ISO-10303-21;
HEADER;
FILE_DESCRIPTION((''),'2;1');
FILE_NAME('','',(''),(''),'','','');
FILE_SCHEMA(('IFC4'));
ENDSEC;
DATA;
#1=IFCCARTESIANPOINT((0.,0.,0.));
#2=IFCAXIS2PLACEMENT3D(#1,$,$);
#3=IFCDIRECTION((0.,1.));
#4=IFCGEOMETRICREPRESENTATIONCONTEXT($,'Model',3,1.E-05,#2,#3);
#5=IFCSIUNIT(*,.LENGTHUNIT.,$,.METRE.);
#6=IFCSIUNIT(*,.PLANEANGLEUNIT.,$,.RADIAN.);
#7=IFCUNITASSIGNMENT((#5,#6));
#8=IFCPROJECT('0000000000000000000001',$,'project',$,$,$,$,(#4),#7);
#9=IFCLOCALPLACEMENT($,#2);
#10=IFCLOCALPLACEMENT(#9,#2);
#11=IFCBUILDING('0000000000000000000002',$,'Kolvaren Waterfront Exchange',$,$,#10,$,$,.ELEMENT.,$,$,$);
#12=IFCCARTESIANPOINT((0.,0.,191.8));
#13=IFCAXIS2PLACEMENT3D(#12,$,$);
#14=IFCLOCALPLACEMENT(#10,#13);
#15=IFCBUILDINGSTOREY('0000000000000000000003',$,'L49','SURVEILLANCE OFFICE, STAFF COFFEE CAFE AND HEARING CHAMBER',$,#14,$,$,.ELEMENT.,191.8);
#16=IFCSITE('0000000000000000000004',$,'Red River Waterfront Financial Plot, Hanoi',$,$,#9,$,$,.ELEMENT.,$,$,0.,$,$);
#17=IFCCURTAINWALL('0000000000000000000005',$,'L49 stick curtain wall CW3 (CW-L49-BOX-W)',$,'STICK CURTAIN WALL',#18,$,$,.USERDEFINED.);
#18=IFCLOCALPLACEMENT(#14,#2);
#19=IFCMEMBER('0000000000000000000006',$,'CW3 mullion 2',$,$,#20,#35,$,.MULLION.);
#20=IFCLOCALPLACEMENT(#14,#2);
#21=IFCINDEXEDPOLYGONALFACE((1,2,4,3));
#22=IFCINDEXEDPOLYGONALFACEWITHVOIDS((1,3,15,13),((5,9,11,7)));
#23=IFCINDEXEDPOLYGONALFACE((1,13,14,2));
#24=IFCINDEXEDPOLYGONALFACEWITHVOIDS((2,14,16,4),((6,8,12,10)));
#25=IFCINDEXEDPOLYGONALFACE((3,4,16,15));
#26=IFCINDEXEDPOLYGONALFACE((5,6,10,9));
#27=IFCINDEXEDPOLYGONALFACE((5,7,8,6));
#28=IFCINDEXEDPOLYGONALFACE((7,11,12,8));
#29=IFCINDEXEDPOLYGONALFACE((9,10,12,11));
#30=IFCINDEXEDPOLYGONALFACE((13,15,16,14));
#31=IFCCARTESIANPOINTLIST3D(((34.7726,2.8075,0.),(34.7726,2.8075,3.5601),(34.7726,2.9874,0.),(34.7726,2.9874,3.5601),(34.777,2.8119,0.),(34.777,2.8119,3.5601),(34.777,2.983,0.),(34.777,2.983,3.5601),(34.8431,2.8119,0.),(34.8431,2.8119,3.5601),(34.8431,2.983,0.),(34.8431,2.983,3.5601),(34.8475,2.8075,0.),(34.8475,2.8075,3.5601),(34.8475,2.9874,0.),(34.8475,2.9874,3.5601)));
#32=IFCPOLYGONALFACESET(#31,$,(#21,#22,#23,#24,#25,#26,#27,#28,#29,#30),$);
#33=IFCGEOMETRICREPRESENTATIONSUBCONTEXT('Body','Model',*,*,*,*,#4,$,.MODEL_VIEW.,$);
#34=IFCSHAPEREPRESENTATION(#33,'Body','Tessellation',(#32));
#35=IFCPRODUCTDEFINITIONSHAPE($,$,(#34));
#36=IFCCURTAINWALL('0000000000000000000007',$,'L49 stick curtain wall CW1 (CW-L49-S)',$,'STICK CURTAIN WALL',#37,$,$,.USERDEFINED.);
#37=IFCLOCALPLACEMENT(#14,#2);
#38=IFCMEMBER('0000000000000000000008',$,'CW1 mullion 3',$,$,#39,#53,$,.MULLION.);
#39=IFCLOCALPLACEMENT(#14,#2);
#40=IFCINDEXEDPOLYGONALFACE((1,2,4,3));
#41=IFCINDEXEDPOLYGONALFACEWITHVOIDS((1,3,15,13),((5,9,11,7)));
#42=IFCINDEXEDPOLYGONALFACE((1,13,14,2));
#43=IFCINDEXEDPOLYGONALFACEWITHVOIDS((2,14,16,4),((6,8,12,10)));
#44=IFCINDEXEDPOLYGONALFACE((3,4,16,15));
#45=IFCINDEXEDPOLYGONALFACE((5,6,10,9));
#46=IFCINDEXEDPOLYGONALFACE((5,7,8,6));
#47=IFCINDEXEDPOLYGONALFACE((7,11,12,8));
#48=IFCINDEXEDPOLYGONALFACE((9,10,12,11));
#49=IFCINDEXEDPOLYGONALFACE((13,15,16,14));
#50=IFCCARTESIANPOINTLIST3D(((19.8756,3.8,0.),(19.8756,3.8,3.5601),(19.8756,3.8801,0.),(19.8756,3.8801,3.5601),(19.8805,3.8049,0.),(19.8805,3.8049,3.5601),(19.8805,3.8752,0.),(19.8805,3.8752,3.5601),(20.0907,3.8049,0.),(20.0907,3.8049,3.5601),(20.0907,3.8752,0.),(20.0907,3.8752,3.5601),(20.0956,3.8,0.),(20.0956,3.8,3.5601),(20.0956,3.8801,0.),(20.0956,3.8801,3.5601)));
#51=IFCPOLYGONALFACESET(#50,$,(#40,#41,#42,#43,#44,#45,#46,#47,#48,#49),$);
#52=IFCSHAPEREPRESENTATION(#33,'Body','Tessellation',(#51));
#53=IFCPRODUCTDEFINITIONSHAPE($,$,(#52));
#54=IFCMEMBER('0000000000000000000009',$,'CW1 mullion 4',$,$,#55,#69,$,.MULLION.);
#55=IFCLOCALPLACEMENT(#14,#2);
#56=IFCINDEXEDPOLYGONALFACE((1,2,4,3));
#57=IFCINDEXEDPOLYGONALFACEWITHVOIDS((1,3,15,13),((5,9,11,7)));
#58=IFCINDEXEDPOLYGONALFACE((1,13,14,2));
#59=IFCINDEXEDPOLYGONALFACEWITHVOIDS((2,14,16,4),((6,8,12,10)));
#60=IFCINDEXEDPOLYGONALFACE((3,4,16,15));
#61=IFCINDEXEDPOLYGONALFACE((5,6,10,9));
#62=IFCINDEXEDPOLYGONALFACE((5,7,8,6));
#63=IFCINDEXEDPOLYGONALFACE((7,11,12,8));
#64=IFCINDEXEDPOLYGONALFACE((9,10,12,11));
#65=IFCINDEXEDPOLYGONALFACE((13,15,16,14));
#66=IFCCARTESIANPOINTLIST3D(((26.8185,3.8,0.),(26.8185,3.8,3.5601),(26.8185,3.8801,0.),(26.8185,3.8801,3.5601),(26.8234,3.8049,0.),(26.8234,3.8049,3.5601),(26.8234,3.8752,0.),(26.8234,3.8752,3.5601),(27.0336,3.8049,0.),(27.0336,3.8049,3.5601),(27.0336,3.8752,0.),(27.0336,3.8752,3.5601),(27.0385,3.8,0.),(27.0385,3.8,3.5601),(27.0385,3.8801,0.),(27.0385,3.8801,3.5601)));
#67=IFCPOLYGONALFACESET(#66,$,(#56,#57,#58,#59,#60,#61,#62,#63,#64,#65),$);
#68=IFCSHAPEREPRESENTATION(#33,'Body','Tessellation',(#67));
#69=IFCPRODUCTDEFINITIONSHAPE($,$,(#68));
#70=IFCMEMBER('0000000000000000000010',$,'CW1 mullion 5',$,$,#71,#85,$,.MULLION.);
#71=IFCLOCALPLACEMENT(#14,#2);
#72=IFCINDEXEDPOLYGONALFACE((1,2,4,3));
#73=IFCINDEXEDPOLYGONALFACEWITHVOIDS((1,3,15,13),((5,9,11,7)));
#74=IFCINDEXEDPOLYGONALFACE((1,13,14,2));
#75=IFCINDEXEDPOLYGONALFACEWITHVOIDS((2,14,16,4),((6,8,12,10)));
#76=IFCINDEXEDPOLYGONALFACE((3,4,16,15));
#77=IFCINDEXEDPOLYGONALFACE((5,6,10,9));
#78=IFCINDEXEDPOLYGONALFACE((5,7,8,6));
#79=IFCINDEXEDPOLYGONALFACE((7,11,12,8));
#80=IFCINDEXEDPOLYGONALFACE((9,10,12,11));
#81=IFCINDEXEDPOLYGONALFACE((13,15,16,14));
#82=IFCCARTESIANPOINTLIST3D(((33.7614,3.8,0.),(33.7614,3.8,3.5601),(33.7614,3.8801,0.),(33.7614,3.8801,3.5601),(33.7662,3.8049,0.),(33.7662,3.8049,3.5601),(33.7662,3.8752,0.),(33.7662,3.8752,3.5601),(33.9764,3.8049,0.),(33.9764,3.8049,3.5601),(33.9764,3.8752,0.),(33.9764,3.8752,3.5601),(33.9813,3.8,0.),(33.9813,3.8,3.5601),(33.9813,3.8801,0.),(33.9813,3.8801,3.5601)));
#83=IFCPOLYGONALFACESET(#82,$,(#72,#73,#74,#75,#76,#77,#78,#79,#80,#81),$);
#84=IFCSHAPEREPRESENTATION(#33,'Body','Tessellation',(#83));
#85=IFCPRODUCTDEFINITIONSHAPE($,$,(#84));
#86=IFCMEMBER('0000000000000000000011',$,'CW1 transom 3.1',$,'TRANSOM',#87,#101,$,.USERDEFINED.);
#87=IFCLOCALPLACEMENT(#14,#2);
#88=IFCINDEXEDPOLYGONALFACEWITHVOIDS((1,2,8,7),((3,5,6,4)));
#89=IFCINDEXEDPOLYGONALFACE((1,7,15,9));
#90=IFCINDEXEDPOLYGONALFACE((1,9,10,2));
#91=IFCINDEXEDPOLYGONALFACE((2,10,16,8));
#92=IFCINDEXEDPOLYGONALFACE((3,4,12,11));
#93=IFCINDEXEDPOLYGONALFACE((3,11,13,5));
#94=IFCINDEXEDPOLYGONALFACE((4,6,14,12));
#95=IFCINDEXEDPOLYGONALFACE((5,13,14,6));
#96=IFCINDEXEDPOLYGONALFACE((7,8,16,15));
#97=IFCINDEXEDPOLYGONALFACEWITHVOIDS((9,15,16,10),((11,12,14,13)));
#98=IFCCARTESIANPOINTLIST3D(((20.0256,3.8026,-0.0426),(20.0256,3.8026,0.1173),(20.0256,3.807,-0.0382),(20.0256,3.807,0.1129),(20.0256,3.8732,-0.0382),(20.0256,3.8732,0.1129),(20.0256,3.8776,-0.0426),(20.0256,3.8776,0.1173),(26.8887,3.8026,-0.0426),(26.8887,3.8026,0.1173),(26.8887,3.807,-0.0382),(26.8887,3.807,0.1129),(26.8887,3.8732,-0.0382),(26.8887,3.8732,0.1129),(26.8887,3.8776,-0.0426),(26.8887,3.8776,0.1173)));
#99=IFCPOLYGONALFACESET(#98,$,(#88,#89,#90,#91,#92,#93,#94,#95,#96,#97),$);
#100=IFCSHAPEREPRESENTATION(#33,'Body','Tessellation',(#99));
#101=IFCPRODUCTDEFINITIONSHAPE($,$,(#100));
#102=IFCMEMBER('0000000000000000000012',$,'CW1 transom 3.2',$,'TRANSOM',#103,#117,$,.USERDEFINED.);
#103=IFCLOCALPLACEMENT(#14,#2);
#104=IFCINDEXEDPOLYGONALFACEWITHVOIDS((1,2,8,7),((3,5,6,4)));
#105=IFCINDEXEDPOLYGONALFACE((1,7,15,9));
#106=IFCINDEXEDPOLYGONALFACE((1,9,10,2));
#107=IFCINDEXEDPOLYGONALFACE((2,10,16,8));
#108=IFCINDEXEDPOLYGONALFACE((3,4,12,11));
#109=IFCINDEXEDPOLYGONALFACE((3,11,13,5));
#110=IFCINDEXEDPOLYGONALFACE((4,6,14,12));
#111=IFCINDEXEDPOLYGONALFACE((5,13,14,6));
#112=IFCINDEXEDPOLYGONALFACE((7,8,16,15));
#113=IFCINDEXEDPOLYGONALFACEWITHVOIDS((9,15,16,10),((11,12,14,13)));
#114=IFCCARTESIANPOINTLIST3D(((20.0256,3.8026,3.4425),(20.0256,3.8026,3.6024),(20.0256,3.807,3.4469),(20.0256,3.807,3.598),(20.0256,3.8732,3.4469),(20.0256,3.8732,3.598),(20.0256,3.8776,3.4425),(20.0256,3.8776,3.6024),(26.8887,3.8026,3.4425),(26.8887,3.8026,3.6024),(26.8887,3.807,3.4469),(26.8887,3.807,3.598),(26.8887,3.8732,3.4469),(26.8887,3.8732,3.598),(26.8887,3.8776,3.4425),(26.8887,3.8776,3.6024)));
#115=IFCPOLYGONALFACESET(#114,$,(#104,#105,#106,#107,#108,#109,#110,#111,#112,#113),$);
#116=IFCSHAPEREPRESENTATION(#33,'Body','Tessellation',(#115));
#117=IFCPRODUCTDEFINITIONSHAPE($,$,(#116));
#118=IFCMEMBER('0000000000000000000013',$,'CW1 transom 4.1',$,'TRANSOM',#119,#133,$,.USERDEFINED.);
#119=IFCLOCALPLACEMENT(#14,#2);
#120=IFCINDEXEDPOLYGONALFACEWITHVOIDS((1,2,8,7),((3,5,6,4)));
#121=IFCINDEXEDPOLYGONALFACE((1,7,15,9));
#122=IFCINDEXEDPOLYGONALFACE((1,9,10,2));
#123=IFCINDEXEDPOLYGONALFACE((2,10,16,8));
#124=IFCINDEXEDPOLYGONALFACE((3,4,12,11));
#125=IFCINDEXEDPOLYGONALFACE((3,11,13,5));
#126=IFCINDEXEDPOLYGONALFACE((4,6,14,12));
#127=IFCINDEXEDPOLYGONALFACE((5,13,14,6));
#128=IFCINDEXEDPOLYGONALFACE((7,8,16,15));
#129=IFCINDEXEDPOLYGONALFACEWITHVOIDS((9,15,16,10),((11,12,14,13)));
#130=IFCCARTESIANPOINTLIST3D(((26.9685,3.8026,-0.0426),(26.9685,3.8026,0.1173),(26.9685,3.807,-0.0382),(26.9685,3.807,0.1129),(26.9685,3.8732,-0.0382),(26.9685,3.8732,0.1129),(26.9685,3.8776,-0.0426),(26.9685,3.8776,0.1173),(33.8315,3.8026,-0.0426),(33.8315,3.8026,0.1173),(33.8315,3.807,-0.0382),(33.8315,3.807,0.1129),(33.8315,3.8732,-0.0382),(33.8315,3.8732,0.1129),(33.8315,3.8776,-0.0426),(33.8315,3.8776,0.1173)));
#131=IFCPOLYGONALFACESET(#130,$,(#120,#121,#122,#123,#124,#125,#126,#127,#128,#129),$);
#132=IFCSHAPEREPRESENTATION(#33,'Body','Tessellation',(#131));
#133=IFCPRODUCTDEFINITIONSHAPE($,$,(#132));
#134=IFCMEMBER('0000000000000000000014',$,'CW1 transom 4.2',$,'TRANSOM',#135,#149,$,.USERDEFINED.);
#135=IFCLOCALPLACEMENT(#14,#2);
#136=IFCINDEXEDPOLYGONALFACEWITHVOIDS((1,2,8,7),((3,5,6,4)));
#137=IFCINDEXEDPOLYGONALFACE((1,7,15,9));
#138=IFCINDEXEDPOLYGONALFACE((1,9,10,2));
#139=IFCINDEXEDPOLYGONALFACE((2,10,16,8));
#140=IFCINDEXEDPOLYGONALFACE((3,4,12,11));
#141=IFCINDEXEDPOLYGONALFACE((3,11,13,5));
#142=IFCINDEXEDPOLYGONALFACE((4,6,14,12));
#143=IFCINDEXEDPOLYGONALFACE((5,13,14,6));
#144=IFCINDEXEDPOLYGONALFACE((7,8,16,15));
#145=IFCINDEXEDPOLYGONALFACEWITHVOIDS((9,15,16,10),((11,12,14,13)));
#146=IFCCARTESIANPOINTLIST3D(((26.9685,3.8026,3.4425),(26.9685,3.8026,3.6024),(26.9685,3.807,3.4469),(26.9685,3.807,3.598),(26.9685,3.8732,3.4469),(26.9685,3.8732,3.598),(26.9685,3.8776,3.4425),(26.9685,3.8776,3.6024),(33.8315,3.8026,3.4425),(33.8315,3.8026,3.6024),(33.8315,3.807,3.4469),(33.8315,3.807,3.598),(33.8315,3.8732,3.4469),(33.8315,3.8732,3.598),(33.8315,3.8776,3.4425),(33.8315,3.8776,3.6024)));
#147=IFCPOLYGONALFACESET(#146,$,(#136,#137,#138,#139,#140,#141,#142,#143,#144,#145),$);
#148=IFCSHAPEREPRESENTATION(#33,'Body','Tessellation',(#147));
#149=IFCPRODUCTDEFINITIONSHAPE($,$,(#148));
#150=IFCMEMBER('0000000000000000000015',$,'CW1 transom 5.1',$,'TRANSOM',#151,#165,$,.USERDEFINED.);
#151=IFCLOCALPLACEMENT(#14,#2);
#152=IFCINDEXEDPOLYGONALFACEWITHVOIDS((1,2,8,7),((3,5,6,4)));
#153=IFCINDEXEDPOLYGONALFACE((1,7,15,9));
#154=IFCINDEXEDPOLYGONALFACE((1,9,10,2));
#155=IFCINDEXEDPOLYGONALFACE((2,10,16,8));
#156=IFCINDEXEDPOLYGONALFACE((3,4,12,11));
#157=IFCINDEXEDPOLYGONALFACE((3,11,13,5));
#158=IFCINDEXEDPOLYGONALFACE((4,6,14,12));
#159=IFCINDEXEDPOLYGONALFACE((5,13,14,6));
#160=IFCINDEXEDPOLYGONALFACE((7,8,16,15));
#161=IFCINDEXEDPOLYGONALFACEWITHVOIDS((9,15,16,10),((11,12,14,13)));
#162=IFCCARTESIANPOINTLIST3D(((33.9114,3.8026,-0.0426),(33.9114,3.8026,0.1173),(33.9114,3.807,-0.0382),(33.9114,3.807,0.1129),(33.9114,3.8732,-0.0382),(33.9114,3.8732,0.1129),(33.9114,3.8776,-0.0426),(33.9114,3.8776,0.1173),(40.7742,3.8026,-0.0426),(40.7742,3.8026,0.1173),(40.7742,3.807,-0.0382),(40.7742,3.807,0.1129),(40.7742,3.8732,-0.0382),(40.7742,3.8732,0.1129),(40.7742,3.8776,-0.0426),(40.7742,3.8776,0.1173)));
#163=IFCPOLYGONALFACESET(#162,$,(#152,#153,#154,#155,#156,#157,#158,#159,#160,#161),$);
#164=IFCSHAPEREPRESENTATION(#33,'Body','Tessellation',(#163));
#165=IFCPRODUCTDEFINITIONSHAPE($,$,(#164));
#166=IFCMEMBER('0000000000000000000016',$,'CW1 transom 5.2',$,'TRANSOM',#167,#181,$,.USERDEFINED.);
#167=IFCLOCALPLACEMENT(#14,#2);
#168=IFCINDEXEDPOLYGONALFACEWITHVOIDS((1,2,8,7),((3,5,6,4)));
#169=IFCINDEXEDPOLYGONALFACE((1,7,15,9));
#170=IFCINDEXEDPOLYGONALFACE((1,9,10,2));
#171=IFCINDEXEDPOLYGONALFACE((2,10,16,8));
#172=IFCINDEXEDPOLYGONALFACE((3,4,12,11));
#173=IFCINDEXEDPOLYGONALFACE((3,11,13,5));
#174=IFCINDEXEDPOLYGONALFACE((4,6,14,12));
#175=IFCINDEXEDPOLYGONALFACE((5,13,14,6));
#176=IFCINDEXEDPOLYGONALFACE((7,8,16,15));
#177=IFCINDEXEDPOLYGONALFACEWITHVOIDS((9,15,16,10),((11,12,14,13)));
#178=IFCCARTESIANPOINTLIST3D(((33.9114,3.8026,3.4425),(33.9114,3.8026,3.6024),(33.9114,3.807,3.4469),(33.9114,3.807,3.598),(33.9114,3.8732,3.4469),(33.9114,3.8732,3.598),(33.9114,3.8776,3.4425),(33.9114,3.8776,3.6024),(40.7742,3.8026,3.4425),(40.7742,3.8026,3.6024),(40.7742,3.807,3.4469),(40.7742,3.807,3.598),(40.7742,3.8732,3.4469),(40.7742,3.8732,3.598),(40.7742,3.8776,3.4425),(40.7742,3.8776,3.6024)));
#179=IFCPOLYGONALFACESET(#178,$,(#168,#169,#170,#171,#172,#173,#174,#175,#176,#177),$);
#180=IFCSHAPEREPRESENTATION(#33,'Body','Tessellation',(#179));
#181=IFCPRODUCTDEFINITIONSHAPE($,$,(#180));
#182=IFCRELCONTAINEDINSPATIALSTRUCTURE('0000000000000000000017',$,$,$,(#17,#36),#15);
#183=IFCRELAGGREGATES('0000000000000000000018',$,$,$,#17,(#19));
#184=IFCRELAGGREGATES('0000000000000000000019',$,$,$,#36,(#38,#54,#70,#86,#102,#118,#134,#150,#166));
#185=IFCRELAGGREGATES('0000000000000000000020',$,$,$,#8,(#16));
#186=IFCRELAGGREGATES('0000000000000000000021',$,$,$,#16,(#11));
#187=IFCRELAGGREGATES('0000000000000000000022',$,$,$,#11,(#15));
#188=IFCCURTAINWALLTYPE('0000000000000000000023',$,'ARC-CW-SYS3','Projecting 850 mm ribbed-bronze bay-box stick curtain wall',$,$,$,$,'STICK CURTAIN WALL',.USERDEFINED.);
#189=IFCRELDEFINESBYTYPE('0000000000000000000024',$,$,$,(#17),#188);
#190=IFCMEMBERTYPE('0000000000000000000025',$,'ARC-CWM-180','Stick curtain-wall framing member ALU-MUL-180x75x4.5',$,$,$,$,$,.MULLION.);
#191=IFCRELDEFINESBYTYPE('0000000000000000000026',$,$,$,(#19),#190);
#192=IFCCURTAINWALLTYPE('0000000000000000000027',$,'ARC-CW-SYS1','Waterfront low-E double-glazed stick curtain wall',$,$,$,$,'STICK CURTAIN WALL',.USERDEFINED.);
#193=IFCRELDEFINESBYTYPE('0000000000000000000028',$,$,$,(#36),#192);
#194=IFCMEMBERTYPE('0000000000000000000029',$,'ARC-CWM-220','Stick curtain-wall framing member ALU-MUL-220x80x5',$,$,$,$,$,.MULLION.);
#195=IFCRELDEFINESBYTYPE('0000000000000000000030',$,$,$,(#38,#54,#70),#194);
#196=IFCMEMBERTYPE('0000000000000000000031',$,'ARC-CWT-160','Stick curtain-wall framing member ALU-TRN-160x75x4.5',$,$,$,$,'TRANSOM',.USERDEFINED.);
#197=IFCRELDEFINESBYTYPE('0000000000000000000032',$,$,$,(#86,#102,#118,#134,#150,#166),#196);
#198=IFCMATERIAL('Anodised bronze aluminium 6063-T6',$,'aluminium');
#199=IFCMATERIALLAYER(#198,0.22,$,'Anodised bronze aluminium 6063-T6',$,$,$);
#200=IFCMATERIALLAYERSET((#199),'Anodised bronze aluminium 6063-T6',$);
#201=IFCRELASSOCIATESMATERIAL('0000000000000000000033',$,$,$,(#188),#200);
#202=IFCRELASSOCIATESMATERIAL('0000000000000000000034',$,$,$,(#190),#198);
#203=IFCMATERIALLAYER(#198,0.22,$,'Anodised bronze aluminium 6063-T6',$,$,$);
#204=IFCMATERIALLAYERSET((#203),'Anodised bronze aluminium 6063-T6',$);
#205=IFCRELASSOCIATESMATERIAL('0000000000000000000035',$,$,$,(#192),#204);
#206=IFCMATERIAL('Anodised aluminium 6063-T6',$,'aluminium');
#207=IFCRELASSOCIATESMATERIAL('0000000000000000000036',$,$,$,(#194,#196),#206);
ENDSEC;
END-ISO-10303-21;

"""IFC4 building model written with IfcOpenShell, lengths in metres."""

from ifc_helpers import new_model, si_unit, direction, frame, origin, origin_with_axes, origin_2d, place, context, subcontext, project, spatial, hollow_rectangle, extrude, source, transform, mapped, material, layer, layer_set, material_profile, profile_set, type_object, element, aggregate, save


model = new_model("IFC4")

# Units and contexts
model_context = context("Model", 3, precision=1e-05, world=origin(), true_north=direction((0.0, 1.0)))
body_context = subcontext(model_context, "Body", "Model", "MODEL_VIEW")
ifc_project = project(units=[si_unit("LENGTHUNIT", "METRE"), si_unit("PLANEANGLEUNIT", "RADIAN")], contexts=[model_context])

# Site, building, storey
site_placement = place(None, origin())
site = spatial("IfcSite", under=ifc_project, at=site_placement, Name="Red River Waterfront Financial Plot, Hanoi", CompositionType="ELEMENT", RefElevation=0.0)
building_placement = place(site_placement, origin())
building = spatial("IfcBuilding", under=site, at=building_placement, Name="Kolvaren Waterfront Exchange", CompositionType="ELEMENT")
storey_placement = place(building_placement, frame((0.0, 0.0, 191.8)))
storey = spatial("IfcBuildingStorey", under=building, at=storey_placement, Name="L49", Description="SURVEILLANCE OFFICE, STAFF COFFEE CAFE AND HEARING CHAMBER", CompositionType="ELEMENT", Elevation=191.8)

# Curtain walls, members
ifc_material_1 = material(Name="Anodised bronze aluminium 6063-T6", Category="aluminium")
ifc_layer_1 = layer(ifc_material_1, 0.22, Name="Anodised bronze aluminium 6063-T6")
ifc_layer_set_1 = layer_set([ifc_layer_1], Name="Anodised bronze aluminium 6063-T6")
curtain_wall_type_1 = type_object("IfcCurtainWallType", Name="ARC-CW-SYS3", Description="Projecting 850 mm ribbed-bronze bay-box stick curtain wall", ElementType="STICK CURTAIN WALL", PredefinedType="USERDEFINED", material=ifc_layer_set_1)
curtain_wall_1_placement = place(storey_placement, origin())
curtain_wall_1 = element("IfcCurtainWall", 1, at=curtain_wall_1_placement, inside=storey, type_object=curtain_wall_type_1, Name="L49 stick curtain wall CW3 (CW-L49-BOX-W)", ObjectType="STICK CURTAIN WALL", PredefinedType="USERDEFINED")
ifc_material_profile_1 = material_profile(ifc_material_1, hollow_rectangle(XDim=0.075, YDim=0.1799, WallThickness=0.0044, at=origin_2d()), Name="ALU-MUL-180x75x4.5")
ifc_profile_set_1 = profile_set([ifc_material_profile_1], Name="Anodised bronze aluminium 6063-T6")
member_type_1 = type_object("IfcMemberType", Name="ARC-CWM-180", Description="Stick curtain-wall framing member ALU-MUL-180x75x4.5", PredefinedType="MULLION", material=ifc_profile_set_1)
shared_shape_1 = source(origin_with_axes(), body_context, "Body", "SweptSolid", [
    extrude(hollow_rectangle(XDim=0.075, YDim=0.1799, WallThickness=0.0044, at=origin_2d()), origin(), (0.0, 0.0, 1.0), 3.5601),
])
member_1_placement = place(storey_placement, frame((34.8101, 2.8975, 0.0), z_axis=(0.0, 0.0, 1.0), x_axis=(1.0, 0.0, 0.0)))
member_1 = element("IfcMember", 2, at=member_1_placement, type_object=member_type_1, Name="CW3 mullion 2", PredefinedType="MULLION", context=body_context, shape_type="MappedRepresentation", body=[
    mapped(shared_shape_1, transform((0.0, 0.0, 0.0), x_axis=(1.0, 0.0, 0.0), y_axis=(0.0, 1.0, 0.0), z_axis=(0.0, 0.0, 1.0), scale=1.0)),
])
ifc_layer_2 = layer(ifc_material_1, 0.22, Name="Anodised bronze aluminium 6063-T6")
ifc_layer_set_2 = layer_set([ifc_layer_2], Name="Anodised bronze aluminium 6063-T6")
curtain_wall_type_2 = type_object("IfcCurtainWallType", Name="ARC-CW-SYS1", Description="Waterfront low-E double-glazed stick curtain wall", ElementType="STICK CURTAIN WALL", PredefinedType="USERDEFINED", material=ifc_layer_set_2)
curtain_wall_2_placement = place(storey_placement, origin())
curtain_wall_2 = element("IfcCurtainWall", 3, at=curtain_wall_2_placement, inside=storey, type_object=curtain_wall_type_2, Name="L49 stick curtain wall CW1 (CW-L49-S)", ObjectType="STICK CURTAIN WALL", PredefinedType="USERDEFINED")
ifc_material_2 = material(Name="Anodised aluminium 6063-T6", Category="aluminium")
ifc_material_profile_2 = material_profile(ifc_material_2, hollow_rectangle(XDim=0.0801, YDim=0.22, WallThickness=0.0049, at=origin_2d()), Name="ALU-MUL-220x80x5")
ifc_profile_set_2 = profile_set([ifc_material_profile_2], Name="Anodised aluminium 6063-T6")
member_type_2 = type_object("IfcMemberType", Name="ARC-CWM-220", Description="Stick curtain-wall framing member ALU-MUL-220x80x5", PredefinedType="MULLION", material=ifc_profile_set_2)
shared_shape_2 = source(origin_with_axes(), body_context, "Body", "SweptSolid", [
    extrude(hollow_rectangle(XDim=0.0801, YDim=0.22, WallThickness=0.0049, at=origin_2d()), origin(), (0.0, 0.0, 1.0), 3.5601),
])
member_2_placement = place(storey_placement, frame((19.9856, 3.8401, 0.0), z_axis=(0.0, 0.0, 1.0), x_axis=(0.0, 1.0, 0.0)))
member_2 = element("IfcMember", 4, at=member_2_placement, type_object=member_type_2, Name="CW1 mullion 3", PredefinedType="MULLION", context=body_context, shape_type="MappedRepresentation", body=[
    mapped(shared_shape_2, transform((0.0, 0.0, 0.0), x_axis=(1.0, 0.0, 0.0), y_axis=(0.0, 1.0, 0.0), z_axis=(0.0, 0.0, 1.0), scale=1.0)),
])
member_3_placement = place(storey_placement, frame((26.9285, 3.8401, 0.0), z_axis=(0.0, 0.0, 1.0), x_axis=(0.0, 1.0, 0.0)))
member_3 = element("IfcMember", 5, at=member_3_placement, type_object=member_type_2, Name="CW1 mullion 4", PredefinedType="MULLION", context=body_context, shape_type="MappedRepresentation", body=[
    mapped(shared_shape_2, transform((0.0, 0.0, 0.0), x_axis=(1.0, 0.0, 0.0), y_axis=(0.0, 1.0, 0.0), z_axis=(0.0, 0.0, 1.0), scale=1.0)),
])
member_4_placement = place(storey_placement, frame((33.8713, 3.8401, 0.0), z_axis=(0.0, 0.0, 1.0), x_axis=(0.0, 1.0, 0.0)))
member_4 = element("IfcMember", 6, at=member_4_placement, type_object=member_type_2, Name="CW1 mullion 5", PredefinedType="MULLION", context=body_context, shape_type="MappedRepresentation", body=[
    mapped(shared_shape_2, transform((0.0, 0.0, 0.0), x_axis=(1.0, 0.0, 0.0), y_axis=(0.0, 1.0, 0.0), z_axis=(0.0, 0.0, 1.0), scale=1.0)),
])
ifc_material_profile_3 = material_profile(ifc_material_2, hollow_rectangle(XDim=0.075, YDim=0.1599, WallThickness=0.0044, at=origin_2d()), Name="ALU-TRN-160x75x4.5")
ifc_profile_set_3 = profile_set([ifc_material_profile_3], Name="Anodised aluminium 6063-T6")
member_type_3 = type_object("IfcMemberType", Name="ARC-CWT-160", Description="Stick curtain-wall framing member ALU-TRN-160x75x4.5", ElementType="TRANSOM", PredefinedType="USERDEFINED", material=ifc_profile_set_3)
shared_shape_3 = source(origin_with_axes(), body_context, "Body", "SweptSolid", [
    extrude(hollow_rectangle(XDim=0.075, YDim=0.1599, WallThickness=0.0044, at=origin_2d()), origin(), (0.0, 0.0, 1.0), 6.863),
])
member_5_placement = place(storey_placement, frame((20.0256, 3.8401, 0.0374), z_axis=(1.0, 0.0, 0.0), x_axis=(0.0, 1.0, 0.0)))
member_5 = element("IfcMember", 7, at=member_5_placement, type_object=member_type_3, Name="CW1 transom 3.1", ObjectType="TRANSOM", PredefinedType="USERDEFINED", context=body_context, shape_type="MappedRepresentation", body=[
    mapped(shared_shape_3, transform((0.0, 0.0, 0.0), x_axis=(1.0, 0.0, 0.0), y_axis=(0.0, 1.0, 0.0), z_axis=(0.0, 0.0, 1.0), scale=1.0)),
])
member_6_placement = place(storey_placement, frame((20.0256, 3.8401, 3.5225), z_axis=(1.0, 0.0, 0.0), x_axis=(0.0, 1.0, 0.0)))
member_6 = element("IfcMember", 8, at=member_6_placement, type_object=member_type_3, Name="CW1 transom 3.2", ObjectType="TRANSOM", PredefinedType="USERDEFINED", context=body_context, shape_type="MappedRepresentation", body=[
    mapped(shared_shape_3, transform((0.0, 0.0, 0.0), x_axis=(1.0, 0.0, 0.0), y_axis=(0.0, 1.0, 0.0), z_axis=(0.0, 0.0, 1.0), scale=1.0)),
])
member_7_placement = place(storey_placement, frame((26.9685, 3.8401, 0.0374), z_axis=(1.0, 0.0, 0.0), x_axis=(0.0, 1.0, 0.0)))
member_7 = element("IfcMember", 9, at=member_7_placement, type_object=member_type_3, Name="CW1 transom 4.1", ObjectType="TRANSOM", PredefinedType="USERDEFINED", context=body_context, shape_type="MappedRepresentation", body=[
    mapped(shared_shape_3, transform((0.0, 0.0, 0.0), x_axis=(1.0, 0.0, 0.0), y_axis=(0.0, 1.0, 0.0), z_axis=(0.0, 0.0, 1.0), scale=1.0)),
])
member_8_placement = place(storey_placement, frame((26.9685, 3.8401, 3.5225), z_axis=(1.0, 0.0, 0.0), x_axis=(0.0, 1.0, 0.0)))
member_8 = element("IfcMember", 10, at=member_8_placement, type_object=member_type_3, Name="CW1 transom 4.2", ObjectType="TRANSOM", PredefinedType="USERDEFINED", context=body_context, shape_type="MappedRepresentation", body=[
    mapped(shared_shape_3, transform((0.0, 0.0, 0.0), x_axis=(1.0, 0.0, 0.0), y_axis=(0.0, 1.0, 0.0), z_axis=(0.0, 0.0, 1.0), scale=1.0)),
])
shared_shape_4 = source(origin_with_axes(), body_context, "Body", "SweptSolid", [
    extrude(hollow_rectangle(XDim=0.075, YDim=0.1599, WallThickness=0.0044, at=origin_2d()), origin(), (0.0, 0.0, 1.0), 6.8628),
])
member_9_placement = place(storey_placement, frame((33.9114, 3.8401, 0.0374), z_axis=(1.0, 0.0, 0.0), x_axis=(0.0, 1.0, 0.0)))
member_9 = element("IfcMember", 11, at=member_9_placement, type_object=member_type_3, Name="CW1 transom 5.1", ObjectType="TRANSOM", PredefinedType="USERDEFINED", context=body_context, shape_type="MappedRepresentation", body=[
    mapped(shared_shape_4, transform((0.0, 0.0, 0.0), x_axis=(1.0, 0.0, 0.0), y_axis=(0.0, 1.0, 0.0), z_axis=(0.0, 0.0, 1.0), scale=1.0)),
])
member_10_placement = place(storey_placement, frame((33.9114, 3.8401, 3.5225), z_axis=(1.0, 0.0, 0.0), x_axis=(0.0, 1.0, 0.0)))
member_10 = element("IfcMember", 12, at=member_10_placement, type_object=member_type_3, Name="CW1 transom 5.2", ObjectType="TRANSOM", PredefinedType="USERDEFINED", context=body_context, shape_type="MappedRepresentation", body=[
    mapped(shared_shape_4, transform((0.0, 0.0, 0.0), x_axis=(1.0, 0.0, 0.0), y_axis=(0.0, 1.0, 0.0), z_axis=(0.0, 0.0, 1.0), scale=1.0)),
])

aggregate(curtain_wall_1, [member_1])
aggregate(curtain_wall_2, [member_2, member_3, member_4, member_5, member_6, member_7, member_8, member_9, member_10])

save(model, "model.ifc")
